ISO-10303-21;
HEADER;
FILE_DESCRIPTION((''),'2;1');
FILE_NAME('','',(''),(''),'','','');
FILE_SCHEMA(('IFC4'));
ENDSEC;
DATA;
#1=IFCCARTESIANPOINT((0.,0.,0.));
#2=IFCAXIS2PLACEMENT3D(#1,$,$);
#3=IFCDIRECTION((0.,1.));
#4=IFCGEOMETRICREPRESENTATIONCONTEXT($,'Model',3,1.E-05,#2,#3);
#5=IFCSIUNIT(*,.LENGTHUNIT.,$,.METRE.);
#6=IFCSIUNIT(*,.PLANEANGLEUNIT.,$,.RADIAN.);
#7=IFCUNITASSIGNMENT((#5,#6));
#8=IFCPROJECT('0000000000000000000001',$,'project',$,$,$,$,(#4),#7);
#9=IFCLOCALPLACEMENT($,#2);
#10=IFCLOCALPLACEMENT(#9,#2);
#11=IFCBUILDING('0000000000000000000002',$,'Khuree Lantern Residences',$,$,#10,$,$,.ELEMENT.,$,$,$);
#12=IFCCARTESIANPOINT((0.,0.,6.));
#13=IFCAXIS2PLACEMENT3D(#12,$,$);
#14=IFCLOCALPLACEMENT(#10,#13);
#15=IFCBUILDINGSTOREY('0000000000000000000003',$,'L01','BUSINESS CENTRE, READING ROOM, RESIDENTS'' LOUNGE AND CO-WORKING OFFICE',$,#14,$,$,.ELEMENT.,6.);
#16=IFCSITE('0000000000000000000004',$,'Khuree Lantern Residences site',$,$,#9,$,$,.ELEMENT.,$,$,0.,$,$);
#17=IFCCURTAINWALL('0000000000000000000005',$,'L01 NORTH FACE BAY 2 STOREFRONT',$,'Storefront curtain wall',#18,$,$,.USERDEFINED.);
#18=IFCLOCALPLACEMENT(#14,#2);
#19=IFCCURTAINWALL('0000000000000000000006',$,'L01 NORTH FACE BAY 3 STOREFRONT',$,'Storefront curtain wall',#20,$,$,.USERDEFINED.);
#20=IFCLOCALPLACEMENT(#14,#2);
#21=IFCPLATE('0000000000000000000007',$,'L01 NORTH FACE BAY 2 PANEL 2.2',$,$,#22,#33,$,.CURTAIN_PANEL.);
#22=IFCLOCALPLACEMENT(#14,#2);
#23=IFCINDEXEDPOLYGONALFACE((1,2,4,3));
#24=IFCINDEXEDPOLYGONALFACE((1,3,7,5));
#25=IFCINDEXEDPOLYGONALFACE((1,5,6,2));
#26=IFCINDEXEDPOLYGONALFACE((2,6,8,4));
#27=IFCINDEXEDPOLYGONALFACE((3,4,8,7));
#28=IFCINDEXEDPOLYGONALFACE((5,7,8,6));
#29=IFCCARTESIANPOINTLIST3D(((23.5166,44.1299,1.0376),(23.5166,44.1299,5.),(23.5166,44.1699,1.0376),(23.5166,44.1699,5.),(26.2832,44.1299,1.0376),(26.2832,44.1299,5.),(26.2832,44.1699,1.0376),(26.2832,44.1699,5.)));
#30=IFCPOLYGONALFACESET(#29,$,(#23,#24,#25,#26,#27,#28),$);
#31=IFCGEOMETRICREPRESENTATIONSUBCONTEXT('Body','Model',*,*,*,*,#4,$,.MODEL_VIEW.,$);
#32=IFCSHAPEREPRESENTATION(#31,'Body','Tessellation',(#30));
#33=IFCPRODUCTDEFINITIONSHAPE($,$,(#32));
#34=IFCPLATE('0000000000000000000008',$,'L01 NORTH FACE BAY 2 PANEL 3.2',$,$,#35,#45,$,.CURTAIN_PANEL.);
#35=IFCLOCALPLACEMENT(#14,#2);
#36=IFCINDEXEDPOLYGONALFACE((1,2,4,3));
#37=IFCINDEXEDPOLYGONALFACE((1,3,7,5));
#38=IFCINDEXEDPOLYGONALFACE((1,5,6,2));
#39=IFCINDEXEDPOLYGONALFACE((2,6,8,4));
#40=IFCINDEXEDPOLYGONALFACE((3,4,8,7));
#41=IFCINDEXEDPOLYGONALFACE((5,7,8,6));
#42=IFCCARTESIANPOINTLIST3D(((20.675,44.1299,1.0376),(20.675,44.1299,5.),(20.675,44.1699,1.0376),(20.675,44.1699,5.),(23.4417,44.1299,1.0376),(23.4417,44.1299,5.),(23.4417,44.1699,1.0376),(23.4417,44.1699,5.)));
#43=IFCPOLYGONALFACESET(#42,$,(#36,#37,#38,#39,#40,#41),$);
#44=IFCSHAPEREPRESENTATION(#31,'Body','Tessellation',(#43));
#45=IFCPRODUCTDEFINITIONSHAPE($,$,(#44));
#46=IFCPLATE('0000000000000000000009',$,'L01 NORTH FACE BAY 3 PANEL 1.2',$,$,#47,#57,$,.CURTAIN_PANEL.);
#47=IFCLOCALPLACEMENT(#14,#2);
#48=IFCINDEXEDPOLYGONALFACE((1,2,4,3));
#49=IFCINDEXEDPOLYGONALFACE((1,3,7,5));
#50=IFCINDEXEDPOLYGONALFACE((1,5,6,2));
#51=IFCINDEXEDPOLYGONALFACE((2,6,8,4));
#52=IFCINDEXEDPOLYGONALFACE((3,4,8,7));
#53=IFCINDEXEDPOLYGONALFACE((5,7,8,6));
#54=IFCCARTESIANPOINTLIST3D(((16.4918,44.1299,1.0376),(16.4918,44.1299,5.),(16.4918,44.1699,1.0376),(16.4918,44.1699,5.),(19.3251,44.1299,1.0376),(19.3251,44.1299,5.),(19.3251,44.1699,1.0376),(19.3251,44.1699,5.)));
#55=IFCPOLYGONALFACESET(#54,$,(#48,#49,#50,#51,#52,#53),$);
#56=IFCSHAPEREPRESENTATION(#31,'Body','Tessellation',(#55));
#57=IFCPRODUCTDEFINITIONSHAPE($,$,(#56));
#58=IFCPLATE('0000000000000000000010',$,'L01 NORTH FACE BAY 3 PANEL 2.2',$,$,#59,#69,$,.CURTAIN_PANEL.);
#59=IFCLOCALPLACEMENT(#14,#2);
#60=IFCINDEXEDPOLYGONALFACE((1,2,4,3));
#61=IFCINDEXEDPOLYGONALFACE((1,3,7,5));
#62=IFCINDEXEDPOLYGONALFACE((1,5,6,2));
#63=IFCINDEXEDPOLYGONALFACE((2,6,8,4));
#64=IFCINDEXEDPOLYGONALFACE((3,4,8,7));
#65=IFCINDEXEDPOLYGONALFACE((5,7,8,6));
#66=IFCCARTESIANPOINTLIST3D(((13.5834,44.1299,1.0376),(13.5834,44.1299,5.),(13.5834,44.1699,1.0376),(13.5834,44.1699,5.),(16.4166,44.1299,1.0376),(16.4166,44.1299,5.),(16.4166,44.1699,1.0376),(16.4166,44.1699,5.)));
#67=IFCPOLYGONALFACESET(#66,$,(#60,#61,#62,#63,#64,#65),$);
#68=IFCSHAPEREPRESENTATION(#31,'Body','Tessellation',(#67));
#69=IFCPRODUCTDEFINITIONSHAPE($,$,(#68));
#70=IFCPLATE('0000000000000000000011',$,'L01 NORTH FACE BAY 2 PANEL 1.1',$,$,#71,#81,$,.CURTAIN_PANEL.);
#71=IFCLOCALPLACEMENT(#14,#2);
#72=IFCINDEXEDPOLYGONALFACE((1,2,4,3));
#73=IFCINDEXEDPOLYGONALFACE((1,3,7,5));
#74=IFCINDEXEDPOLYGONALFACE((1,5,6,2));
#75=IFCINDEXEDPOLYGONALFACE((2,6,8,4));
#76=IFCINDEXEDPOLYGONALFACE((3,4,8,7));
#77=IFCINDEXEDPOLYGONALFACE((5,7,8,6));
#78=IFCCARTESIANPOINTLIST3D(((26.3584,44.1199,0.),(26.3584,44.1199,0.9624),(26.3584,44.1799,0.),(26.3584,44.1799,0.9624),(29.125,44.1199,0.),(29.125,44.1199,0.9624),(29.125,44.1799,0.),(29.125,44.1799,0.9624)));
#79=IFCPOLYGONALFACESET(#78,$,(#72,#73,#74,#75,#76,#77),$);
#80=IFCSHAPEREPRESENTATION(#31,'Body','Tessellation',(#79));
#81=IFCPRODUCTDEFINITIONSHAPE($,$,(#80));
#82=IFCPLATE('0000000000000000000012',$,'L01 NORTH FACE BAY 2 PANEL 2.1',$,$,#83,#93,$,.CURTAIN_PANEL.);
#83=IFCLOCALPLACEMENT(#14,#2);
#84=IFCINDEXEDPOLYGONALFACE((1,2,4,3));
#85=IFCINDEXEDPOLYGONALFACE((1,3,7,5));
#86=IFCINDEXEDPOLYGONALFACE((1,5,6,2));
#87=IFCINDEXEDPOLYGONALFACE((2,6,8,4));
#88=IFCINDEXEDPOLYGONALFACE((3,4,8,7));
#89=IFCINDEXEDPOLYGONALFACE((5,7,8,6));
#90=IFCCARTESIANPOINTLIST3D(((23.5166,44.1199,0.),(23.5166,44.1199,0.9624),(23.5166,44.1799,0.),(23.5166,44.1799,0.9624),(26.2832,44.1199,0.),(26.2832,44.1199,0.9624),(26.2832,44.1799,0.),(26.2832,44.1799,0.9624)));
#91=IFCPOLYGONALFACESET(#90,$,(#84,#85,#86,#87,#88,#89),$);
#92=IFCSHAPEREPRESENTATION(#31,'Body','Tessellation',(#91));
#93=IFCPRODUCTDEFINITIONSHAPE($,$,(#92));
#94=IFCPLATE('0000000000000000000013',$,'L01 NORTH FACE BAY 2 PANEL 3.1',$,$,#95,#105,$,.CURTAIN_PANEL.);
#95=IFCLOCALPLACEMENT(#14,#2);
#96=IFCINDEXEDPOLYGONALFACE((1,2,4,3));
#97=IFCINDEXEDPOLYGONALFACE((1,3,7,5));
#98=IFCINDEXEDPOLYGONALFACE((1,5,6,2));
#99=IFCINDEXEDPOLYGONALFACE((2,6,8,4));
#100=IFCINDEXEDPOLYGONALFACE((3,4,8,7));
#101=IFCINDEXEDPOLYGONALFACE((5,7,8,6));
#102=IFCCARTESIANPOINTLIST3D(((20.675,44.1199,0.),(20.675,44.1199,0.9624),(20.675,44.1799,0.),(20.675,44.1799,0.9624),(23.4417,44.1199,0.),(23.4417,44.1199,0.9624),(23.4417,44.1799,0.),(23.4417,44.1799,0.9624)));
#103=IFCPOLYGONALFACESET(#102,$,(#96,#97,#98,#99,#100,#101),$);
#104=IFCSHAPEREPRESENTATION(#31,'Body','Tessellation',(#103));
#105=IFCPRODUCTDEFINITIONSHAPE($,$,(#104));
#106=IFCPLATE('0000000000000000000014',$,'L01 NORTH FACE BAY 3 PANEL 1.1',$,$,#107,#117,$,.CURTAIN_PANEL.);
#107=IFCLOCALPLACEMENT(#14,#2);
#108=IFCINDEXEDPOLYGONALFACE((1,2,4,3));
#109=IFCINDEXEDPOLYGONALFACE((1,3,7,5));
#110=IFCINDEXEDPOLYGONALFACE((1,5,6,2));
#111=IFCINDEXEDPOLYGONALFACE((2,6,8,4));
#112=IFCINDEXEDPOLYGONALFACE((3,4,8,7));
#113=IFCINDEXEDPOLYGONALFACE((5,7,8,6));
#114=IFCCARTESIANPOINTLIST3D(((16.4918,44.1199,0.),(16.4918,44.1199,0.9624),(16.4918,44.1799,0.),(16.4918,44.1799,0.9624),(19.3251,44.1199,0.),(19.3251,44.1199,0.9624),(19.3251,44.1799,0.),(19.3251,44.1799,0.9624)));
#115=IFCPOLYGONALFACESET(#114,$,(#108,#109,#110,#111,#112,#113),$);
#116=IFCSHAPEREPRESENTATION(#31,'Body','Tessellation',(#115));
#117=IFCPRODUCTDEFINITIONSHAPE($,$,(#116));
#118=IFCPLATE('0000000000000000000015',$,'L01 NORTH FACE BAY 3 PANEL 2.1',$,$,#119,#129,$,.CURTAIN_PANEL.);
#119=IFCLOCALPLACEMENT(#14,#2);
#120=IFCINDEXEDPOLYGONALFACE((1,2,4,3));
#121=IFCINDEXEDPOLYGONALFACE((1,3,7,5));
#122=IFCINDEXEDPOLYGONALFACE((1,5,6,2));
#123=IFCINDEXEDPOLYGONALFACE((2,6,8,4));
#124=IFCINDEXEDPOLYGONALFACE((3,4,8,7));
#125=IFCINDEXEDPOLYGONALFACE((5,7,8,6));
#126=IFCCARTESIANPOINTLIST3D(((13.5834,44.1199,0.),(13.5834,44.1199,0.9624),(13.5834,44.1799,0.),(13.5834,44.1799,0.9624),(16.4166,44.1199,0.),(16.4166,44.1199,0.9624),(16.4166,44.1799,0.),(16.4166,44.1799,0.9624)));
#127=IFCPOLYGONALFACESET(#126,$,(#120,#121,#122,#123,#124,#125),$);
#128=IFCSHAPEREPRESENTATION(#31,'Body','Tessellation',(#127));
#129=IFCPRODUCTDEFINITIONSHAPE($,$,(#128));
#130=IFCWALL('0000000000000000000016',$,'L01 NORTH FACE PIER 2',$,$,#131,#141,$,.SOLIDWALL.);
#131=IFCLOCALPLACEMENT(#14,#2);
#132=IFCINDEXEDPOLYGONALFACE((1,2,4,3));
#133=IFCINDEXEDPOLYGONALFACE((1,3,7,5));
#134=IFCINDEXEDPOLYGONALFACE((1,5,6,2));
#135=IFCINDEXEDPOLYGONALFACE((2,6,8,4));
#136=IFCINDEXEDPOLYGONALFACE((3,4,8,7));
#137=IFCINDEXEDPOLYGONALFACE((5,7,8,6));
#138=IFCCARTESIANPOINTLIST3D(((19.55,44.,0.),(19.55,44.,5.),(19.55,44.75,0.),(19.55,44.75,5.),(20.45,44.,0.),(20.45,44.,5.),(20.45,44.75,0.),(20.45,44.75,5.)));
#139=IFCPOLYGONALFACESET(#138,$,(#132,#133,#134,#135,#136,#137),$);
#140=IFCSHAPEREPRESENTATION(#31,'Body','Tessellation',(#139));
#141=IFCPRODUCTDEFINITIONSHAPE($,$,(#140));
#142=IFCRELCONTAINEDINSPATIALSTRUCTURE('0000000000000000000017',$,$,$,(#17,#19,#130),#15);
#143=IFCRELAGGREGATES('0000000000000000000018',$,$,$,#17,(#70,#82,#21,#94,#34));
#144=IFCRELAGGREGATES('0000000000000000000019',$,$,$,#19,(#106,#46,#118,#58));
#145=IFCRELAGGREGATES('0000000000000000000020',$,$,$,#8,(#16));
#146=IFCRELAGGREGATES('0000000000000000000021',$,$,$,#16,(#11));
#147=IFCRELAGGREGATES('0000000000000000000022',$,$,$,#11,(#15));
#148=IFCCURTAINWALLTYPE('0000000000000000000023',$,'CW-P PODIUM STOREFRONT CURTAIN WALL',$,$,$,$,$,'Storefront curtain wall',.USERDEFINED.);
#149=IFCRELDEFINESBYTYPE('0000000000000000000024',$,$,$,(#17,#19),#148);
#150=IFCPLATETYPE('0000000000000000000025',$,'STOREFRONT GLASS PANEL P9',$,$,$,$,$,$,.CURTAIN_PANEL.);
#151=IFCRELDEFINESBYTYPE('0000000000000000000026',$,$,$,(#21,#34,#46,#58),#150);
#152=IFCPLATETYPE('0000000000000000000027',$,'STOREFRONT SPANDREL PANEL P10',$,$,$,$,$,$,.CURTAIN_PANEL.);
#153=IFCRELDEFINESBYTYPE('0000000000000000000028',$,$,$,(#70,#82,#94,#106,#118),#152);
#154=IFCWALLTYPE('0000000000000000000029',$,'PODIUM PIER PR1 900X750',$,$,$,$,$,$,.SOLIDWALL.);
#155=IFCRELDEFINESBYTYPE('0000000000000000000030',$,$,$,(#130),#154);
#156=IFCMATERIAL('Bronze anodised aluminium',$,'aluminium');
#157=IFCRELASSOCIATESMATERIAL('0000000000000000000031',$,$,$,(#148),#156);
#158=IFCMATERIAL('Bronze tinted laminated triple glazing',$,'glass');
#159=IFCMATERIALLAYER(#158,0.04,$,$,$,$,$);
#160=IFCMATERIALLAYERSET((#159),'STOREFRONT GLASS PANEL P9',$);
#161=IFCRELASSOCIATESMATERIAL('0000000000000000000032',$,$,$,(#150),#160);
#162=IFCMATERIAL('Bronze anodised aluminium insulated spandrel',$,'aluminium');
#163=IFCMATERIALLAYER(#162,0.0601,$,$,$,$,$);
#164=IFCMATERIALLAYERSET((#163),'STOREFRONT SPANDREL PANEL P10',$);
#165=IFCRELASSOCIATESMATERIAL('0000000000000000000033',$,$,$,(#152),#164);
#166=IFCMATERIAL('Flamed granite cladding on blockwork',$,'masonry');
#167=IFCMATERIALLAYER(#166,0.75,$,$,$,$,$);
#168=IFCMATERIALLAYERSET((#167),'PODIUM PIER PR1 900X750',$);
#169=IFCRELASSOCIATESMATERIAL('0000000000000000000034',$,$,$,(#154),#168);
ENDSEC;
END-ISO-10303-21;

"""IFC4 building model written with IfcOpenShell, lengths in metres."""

from ifc_helpers import new_model, si_unit, direction, frame, frame_2d, origin, origin_2d, place, context, subcontext, project, spatial, rectangle, extrude, material, layer, layer_set, type_object, element, aggregate, save


model = new_model("IFC4")

# Units and contexts
model_context = context("Model", 3, precision=1e-05, world=origin(), true_north=direction((0.0, 1.0)))
body_context = subcontext(model_context, "Body", "Model", "MODEL_VIEW")
ifc_project = project(units=[si_unit("LENGTHUNIT", "METRE"), si_unit("PLANEANGLEUNIT", "RADIAN")], contexts=[model_context])

# Site, building, storey
site_placement = place(None, origin())
site = spatial("IfcSite", under=ifc_project, at=site_placement, Name="Khuree Lantern Residences site", CompositionType="ELEMENT", RefElevation=0.0)
building_placement = place(site_placement, origin())
building = spatial("IfcBuilding", under=site, at=building_placement, Name="Khuree Lantern Residences", CompositionType="ELEMENT")
storey_placement = place(building_placement, frame((0.0, 0.0, 6.0)))
storey = spatial("IfcBuildingStorey", under=building, at=storey_placement, Name="L01", Description="BUSINESS CENTRE, READING ROOM, RESIDENTS' LOUNGE AND CO-WORKING OFFICE", CompositionType="ELEMENT", Elevation=6.0)

# Curtain walls
ifc_material_1 = material(Name="Bronze anodised aluminium", Category="aluminium")
curtain_wall_type = type_object("IfcCurtainWallType", Name="CW-P PODIUM STOREFRONT CURTAIN WALL", ElementType="Storefront curtain wall", PredefinedType="USERDEFINED", material=ifc_material_1)
curtain_wall_1_placement = place(storey_placement, origin())
curtain_wall_1 = element("IfcCurtainWall", 1, at=curtain_wall_1_placement, inside=storey, type_object=curtain_wall_type, Name="L01 NORTH FACE BAY 2 STOREFRONT", ObjectType="Storefront curtain wall", PredefinedType="USERDEFINED")
curtain_wall_2_placement = place(storey_placement, origin())
curtain_wall_2 = element("IfcCurtainWall", 2, at=curtain_wall_2_placement, inside=storey, type_object=curtain_wall_type, Name="L01 NORTH FACE BAY 3 STOREFRONT", ObjectType="Storefront curtain wall", PredefinedType="USERDEFINED")

# Plates
ifc_material_2 = material(Name="Bronze tinted laminated triple glazing", Category="glass")
ifc_layer_1 = layer(ifc_material_2, 0.04)
ifc_layer_set_1 = layer_set([ifc_layer_1], Name="STOREFRONT GLASS PANEL P9")
plate_type_1 = type_object("IfcPlateType", Name="STOREFRONT GLASS PANEL P9", PredefinedType="CURTAIN_PANEL", material=ifc_layer_set_1)
plate_1_placement = place(storey_placement, frame((24.8999, 44.1499, 1.0376), z_axis=(0.0, 0.0, 1.0), x_axis=(-1.0, 0.0, 0.0)))
plate_1 = element("IfcPlate", 3, at=plate_1_placement, type_object=plate_type_1, Name="L01 NORTH FACE BAY 2 PANEL 2.2", PredefinedType="CURTAIN_PANEL", context=body_context, shape_type="SweptSolid", body=[
    extrude(rectangle(XDim=2.7666, YDim=0.04, at=origin_2d()), origin(), (0.0, 0.0, 1.0), 3.9624),
])
plate_2_placement = place(storey_placement, frame((22.0583, 44.1499, 1.0376), z_axis=(0.0, 0.0, 1.0), x_axis=(-1.0, 0.0, 0.0)))
plate_2 = element("IfcPlate", 4, at=plate_2_placement, type_object=plate_type_1, Name="L01 NORTH FACE BAY 2 PANEL 3.2", PredefinedType="CURTAIN_PANEL", context=body_context, shape_type="SweptSolid", body=[
    extrude(rectangle(XDim=2.7666, YDim=0.04, at=origin_2d()), origin(), (0.0, 0.0, 1.0), 3.9624),
])
plate_3_placement = place(storey_placement, frame((17.9084, 44.1499, 1.0376), z_axis=(0.0, 0.0, 1.0), x_axis=(-1.0, 0.0, 0.0)))
plate_3 = element("IfcPlate", 5, at=plate_3_placement, type_object=plate_type_1, Name="L01 NORTH FACE BAY 3 PANEL 1.2", PredefinedType="CURTAIN_PANEL", context=body_context, shape_type="SweptSolid", body=[
    extrude(rectangle(XDim=2.8333, YDim=0.04, at=origin_2d()), origin(), (0.0, 0.0, 1.0), 3.9624),
])
plate_4_placement = place(storey_placement, frame((15.0, 44.1499, 1.0376), z_axis=(0.0, 0.0, 1.0), x_axis=(-1.0, 0.0, 0.0)))
plate_4 = element("IfcPlate", 6, at=plate_4_placement, type_object=plate_type_1, Name="L01 NORTH FACE BAY 3 PANEL 2.2", PredefinedType="CURTAIN_PANEL", context=body_context, shape_type="SweptSolid", body=[
    extrude(rectangle(XDim=2.8333, YDim=0.04, at=origin_2d()), origin(), (0.0, 0.0, 1.0), 3.9624),
])
ifc_material_3 = material(Name="Bronze anodised aluminium insulated spandrel", Category="aluminium")
ifc_layer_2 = layer(ifc_material_3, 0.0601)
ifc_layer_set_2 = layer_set([ifc_layer_2], Name="STOREFRONT SPANDREL PANEL P10")
plate_type_2 = type_object("IfcPlateType", Name="STOREFRONT SPANDREL PANEL P10", PredefinedType="CURTAIN_PANEL", material=ifc_layer_set_2)
plate_5_placement = place(storey_placement, frame((27.7417, 44.1499, 0.0), z_axis=(0.0, 0.0, 1.0), x_axis=(-1.0, 0.0, 0.0)))
plate_5 = element("IfcPlate", 7, at=plate_5_placement, type_object=plate_type_2, Name="L01 NORTH FACE BAY 2 PANEL 1.1", PredefinedType="CURTAIN_PANEL", context=body_context, shape_type="SweptSolid", body=[
    extrude(rectangle(XDim=2.7666, YDim=0.0601, at=origin_2d()), origin(), (0.0, 0.0, 1.0), 0.9624),
])
plate_6_placement = place(storey_placement, frame((24.8999, 44.1499, 0.0), z_axis=(0.0, 0.0, 1.0), x_axis=(-1.0, 0.0, 0.0)))
plate_6 = element("IfcPlate", 8, at=plate_6_placement, type_object=plate_type_2, Name="L01 NORTH FACE BAY 2 PANEL 2.1", PredefinedType="CURTAIN_PANEL", context=body_context, shape_type="SweptSolid", body=[
    extrude(rectangle(XDim=2.7666, YDim=0.0601, at=origin_2d()), origin(), (0.0, 0.0, 1.0), 0.9624),
])
plate_7_placement = place(storey_placement, frame((22.0583, 44.1499, 0.0), z_axis=(0.0, 0.0, 1.0), x_axis=(-1.0, 0.0, 0.0)))
plate_7 = element("IfcPlate", 9, at=plate_7_placement, type_object=plate_type_2, Name="L01 NORTH FACE BAY 2 PANEL 3.1", PredefinedType="CURTAIN_PANEL", context=body_context, shape_type="SweptSolid", body=[
    extrude(rectangle(XDim=2.7666, YDim=0.0601, at=origin_2d()), origin(), (0.0, 0.0, 1.0), 0.9624),
])
aggregate(curtain_wall_1, [plate_5, plate_6, plate_1, plate_7, plate_2])
plate_8_placement = place(storey_placement, frame((17.9084, 44.1499, 0.0), z_axis=(0.0, 0.0, 1.0), x_axis=(-1.0, 0.0, 0.0)))
plate_8 = element("IfcPlate", 10, at=plate_8_placement, type_object=plate_type_2, Name="L01 NORTH FACE BAY 3 PANEL 1.1", PredefinedType="CURTAIN_PANEL", context=body_context, shape_type="SweptSolid", body=[
    extrude(rectangle(XDim=2.8333, YDim=0.0601, at=origin_2d()), origin(), (0.0, 0.0, 1.0), 0.9624),
])
plate_9_placement = place(storey_placement, frame((15.0, 44.1499, 0.0), z_axis=(0.0, 0.0, 1.0), x_axis=(-1.0, 0.0, 0.0)))
plate_9 = element("IfcPlate", 11, at=plate_9_placement, type_object=plate_type_2, Name="L01 NORTH FACE BAY 3 PANEL 2.1", PredefinedType="CURTAIN_PANEL", context=body_context, shape_type="SweptSolid", body=[
    extrude(rectangle(XDim=2.8333, YDim=0.0601, at=origin_2d()), origin(), (0.0, 0.0, 1.0), 0.9624),
])
aggregate(curtain_wall_2, [plate_8, plate_3, plate_9, plate_4])

# Wall
ifc_material_4 = material(Name="Flamed granite cladding on blockwork", Category="masonry")
ifc_layer_3 = layer(ifc_material_4, 0.75)
ifc_layer_set_3 = layer_set([ifc_layer_3], Name="PODIUM PIER PR1 900X750")
wall_type = type_object("IfcWallType", Name="PODIUM PIER PR1 900X750", PredefinedType="SOLIDWALL", material=ifc_layer_set_3)
wall_placement = place(storey_placement, frame((20.45, 44.375, 0.0), z_axis=(0.0, 0.0, 1.0), x_axis=(-1.0, 0.0, 0.0)))
element("IfcWall", 12, at=wall_placement, inside=storey, type_object=wall_type, Name="L01 NORTH FACE PIER 2", PredefinedType="SOLIDWALL", context=body_context, shape_type="SweptSolid", body=[
    extrude(rectangle(XDim=0.8999, YDim=0.75, at=frame_2d((0.45, 0.0))), origin(), (0.0, 0.0, 1.0), 5.0),
])

save(model, "model.ifc")
